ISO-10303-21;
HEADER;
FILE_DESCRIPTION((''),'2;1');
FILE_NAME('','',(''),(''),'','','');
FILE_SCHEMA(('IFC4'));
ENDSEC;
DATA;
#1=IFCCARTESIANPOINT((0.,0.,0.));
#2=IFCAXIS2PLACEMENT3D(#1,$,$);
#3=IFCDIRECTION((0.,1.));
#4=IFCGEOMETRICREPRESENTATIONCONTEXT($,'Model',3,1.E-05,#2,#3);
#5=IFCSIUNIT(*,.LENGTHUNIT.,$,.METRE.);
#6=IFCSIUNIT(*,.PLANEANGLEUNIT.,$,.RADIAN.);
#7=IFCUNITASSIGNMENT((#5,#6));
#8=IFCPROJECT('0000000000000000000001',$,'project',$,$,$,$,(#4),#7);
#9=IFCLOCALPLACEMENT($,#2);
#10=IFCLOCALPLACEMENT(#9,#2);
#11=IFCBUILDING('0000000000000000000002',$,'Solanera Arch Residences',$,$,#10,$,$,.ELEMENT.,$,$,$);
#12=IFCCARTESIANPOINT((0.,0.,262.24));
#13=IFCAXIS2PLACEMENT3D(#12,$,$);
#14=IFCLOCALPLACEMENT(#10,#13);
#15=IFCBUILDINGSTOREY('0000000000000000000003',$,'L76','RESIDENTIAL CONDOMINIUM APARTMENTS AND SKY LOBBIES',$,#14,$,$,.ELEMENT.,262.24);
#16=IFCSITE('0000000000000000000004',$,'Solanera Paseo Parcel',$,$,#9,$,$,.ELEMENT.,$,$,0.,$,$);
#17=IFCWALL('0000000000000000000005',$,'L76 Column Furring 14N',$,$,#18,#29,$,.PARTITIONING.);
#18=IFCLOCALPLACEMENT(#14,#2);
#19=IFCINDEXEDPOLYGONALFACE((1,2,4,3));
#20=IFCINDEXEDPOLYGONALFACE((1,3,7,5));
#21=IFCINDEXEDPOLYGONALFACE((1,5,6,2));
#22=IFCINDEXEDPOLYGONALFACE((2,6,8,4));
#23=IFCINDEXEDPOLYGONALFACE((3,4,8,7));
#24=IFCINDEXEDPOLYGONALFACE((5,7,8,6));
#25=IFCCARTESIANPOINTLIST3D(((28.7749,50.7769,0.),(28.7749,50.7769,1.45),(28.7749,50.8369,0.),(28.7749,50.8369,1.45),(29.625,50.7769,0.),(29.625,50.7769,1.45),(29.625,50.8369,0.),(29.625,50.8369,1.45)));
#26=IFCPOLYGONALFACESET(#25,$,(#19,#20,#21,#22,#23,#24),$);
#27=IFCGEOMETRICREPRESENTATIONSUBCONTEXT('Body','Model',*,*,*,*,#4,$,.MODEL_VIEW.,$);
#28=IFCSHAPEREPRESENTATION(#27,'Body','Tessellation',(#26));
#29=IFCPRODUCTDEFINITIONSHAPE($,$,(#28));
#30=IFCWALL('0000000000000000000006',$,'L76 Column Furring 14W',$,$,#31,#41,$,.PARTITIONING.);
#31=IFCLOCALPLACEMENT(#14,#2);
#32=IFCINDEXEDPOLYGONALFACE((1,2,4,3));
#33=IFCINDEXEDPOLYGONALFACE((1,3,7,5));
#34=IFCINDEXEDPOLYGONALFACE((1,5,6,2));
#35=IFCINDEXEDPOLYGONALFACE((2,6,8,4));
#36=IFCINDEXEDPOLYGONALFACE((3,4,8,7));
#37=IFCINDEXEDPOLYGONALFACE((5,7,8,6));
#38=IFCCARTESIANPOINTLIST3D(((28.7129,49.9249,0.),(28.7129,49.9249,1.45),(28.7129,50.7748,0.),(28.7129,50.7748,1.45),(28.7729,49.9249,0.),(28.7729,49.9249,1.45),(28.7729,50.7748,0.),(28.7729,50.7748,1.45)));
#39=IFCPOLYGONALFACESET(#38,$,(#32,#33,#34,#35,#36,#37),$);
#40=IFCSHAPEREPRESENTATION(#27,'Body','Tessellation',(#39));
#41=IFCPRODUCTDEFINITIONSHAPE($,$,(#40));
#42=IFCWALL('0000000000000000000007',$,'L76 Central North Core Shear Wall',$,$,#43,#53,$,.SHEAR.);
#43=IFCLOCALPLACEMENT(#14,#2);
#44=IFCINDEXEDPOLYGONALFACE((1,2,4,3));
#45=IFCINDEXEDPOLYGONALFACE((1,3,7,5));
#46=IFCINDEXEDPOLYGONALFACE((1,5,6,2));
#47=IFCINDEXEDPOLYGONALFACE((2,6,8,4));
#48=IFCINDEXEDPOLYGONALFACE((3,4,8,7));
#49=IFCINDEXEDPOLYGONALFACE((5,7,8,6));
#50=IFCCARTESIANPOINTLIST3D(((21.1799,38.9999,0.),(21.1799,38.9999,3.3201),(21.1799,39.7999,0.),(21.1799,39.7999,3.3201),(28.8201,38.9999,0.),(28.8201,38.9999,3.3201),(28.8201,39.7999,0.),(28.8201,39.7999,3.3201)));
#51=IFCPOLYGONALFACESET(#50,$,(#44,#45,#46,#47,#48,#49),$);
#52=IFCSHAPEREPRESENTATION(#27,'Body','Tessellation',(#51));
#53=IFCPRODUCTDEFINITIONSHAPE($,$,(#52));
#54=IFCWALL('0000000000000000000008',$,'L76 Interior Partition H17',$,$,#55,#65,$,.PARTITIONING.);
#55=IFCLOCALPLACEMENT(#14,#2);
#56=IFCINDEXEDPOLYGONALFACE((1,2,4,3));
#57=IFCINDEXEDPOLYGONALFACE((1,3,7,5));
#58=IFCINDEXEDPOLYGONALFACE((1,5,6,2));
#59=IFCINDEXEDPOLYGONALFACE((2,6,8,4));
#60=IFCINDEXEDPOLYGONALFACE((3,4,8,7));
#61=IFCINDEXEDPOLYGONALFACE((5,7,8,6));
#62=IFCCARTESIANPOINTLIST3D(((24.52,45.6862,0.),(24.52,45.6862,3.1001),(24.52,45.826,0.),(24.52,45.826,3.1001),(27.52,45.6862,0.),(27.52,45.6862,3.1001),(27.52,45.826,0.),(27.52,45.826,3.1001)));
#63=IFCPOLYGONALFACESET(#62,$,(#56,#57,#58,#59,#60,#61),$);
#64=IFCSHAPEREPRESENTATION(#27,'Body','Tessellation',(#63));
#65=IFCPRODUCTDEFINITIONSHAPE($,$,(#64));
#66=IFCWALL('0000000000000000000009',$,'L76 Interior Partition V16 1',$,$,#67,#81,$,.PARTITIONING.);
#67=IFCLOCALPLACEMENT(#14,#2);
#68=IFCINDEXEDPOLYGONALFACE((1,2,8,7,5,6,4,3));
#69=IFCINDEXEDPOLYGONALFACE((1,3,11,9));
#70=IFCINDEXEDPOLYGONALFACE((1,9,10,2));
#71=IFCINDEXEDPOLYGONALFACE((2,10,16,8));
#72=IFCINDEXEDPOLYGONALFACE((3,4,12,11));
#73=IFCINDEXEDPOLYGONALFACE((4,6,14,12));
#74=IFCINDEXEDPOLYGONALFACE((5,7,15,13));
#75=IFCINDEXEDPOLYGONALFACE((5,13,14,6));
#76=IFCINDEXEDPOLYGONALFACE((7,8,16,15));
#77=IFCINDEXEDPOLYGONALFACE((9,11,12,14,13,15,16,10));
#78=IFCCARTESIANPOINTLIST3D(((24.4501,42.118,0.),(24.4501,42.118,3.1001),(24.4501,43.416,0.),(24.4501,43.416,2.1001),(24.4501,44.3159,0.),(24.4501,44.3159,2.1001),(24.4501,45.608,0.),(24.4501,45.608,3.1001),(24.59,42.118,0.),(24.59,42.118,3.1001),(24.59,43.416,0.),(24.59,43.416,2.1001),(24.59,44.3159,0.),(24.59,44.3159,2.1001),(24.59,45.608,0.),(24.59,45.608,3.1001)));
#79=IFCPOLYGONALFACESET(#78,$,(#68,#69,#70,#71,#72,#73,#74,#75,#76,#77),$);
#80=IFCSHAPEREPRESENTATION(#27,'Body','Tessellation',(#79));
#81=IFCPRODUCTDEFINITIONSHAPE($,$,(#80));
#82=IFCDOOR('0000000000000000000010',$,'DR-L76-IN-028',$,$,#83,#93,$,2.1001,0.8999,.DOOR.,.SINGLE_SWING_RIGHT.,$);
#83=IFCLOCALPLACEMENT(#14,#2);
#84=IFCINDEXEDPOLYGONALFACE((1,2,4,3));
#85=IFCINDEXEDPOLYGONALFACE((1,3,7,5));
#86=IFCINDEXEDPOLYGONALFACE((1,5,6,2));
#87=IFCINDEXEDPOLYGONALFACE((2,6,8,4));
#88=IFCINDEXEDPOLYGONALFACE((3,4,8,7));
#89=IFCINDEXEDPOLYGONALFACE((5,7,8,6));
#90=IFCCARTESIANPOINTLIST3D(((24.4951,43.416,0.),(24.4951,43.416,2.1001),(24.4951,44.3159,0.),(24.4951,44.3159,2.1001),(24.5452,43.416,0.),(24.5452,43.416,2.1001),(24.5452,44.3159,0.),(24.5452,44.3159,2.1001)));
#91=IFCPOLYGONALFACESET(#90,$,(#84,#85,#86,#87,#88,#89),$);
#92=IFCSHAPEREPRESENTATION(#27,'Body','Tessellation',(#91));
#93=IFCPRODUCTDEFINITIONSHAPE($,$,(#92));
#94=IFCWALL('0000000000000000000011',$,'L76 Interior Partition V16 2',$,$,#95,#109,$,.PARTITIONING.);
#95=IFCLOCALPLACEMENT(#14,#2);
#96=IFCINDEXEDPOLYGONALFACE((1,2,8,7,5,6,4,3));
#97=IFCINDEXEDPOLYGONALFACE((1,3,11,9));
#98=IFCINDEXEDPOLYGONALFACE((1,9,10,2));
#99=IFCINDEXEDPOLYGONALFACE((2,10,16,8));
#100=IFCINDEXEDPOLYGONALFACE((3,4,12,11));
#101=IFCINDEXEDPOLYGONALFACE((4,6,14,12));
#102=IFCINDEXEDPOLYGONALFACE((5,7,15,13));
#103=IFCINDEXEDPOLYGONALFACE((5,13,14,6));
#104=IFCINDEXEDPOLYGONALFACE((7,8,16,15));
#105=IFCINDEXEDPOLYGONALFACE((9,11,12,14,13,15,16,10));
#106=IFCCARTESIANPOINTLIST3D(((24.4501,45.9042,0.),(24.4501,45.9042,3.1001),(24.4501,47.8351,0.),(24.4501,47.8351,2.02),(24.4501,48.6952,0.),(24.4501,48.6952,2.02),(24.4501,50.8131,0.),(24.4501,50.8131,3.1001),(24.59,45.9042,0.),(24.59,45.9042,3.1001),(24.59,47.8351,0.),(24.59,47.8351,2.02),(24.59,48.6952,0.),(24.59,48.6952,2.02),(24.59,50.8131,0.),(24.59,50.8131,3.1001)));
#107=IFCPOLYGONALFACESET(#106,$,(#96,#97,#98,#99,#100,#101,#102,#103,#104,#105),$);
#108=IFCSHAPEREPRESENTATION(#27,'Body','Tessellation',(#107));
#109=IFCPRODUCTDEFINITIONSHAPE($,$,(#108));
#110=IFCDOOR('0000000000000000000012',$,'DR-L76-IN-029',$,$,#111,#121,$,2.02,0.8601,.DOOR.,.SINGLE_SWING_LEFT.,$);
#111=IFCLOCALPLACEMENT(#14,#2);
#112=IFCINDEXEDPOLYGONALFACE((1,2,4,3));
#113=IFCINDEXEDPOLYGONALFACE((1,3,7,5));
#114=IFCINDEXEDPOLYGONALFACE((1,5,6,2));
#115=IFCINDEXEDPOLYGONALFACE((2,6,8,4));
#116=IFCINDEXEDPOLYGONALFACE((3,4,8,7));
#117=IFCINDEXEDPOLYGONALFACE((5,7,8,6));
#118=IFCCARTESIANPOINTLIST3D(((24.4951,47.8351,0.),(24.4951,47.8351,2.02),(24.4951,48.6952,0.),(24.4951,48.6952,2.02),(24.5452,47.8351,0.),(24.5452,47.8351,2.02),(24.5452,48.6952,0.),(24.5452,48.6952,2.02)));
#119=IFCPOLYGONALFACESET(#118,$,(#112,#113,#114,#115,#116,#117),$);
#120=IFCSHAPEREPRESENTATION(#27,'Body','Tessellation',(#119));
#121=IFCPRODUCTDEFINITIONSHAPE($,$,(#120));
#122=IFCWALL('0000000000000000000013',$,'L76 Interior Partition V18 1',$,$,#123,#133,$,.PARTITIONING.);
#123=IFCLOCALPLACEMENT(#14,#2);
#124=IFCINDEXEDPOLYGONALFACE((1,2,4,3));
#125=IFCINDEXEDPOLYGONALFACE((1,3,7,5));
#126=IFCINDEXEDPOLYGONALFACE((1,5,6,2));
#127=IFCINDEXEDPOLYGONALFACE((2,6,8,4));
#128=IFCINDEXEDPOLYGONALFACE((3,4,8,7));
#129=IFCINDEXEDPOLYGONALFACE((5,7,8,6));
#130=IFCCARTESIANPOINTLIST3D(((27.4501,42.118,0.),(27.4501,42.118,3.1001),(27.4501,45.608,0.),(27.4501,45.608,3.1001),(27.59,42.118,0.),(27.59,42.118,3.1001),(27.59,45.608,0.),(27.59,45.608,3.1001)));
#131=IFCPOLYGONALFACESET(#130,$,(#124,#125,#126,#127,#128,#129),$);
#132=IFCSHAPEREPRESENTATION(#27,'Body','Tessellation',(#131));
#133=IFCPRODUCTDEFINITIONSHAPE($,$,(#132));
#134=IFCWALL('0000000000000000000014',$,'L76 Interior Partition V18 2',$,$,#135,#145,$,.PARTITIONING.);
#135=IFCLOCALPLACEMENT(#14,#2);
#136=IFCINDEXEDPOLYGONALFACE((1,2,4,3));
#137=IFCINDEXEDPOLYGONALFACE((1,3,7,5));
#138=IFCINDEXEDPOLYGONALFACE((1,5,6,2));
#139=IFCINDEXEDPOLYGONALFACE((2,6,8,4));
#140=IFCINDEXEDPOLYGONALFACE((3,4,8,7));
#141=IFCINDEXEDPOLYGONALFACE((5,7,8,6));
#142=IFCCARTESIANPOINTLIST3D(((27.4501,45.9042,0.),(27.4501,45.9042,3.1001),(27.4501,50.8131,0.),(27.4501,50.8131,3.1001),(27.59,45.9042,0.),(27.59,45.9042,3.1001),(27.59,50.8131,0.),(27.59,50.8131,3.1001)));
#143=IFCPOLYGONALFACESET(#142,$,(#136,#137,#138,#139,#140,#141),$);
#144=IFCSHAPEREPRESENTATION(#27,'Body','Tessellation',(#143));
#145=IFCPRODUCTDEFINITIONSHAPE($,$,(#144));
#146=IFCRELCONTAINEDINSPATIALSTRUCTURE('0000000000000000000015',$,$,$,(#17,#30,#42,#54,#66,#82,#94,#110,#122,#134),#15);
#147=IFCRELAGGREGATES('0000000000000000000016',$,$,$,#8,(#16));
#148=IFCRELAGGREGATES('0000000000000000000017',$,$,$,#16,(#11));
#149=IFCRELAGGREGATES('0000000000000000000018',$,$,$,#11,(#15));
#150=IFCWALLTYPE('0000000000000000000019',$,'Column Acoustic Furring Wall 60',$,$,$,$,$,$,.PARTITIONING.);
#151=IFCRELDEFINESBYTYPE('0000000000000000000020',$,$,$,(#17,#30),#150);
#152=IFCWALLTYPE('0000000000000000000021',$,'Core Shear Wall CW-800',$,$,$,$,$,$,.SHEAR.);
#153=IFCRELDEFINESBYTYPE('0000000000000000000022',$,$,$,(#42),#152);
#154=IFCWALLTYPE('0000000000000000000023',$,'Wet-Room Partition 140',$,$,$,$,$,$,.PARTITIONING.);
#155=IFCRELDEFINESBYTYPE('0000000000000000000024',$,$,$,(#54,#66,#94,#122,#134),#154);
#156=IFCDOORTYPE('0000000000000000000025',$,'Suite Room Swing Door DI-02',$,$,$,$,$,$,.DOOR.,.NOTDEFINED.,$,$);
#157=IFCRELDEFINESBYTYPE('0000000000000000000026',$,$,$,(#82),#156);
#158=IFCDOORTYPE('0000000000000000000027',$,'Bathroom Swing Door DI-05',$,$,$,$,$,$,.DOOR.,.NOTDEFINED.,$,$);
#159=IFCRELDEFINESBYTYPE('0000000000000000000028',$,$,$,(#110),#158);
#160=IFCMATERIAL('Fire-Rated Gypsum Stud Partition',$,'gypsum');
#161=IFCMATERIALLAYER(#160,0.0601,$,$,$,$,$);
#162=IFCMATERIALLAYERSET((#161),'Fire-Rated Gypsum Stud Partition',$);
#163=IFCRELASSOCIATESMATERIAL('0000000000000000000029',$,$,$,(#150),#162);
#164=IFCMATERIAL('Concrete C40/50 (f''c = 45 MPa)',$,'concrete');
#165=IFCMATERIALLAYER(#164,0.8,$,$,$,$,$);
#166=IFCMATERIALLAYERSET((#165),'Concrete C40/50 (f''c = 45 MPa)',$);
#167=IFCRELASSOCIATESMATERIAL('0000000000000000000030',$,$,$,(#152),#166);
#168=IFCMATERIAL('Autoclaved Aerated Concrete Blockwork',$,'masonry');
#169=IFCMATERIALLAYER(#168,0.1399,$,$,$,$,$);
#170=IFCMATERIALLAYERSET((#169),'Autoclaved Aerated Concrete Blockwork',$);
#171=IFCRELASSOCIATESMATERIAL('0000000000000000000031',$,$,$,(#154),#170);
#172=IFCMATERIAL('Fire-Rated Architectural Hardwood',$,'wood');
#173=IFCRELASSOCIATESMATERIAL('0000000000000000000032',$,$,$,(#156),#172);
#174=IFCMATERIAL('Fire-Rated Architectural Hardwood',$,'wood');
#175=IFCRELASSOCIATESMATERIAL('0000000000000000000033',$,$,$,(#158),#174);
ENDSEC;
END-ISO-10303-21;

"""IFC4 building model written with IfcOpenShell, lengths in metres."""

from ifc_helpers import new_model, si_unit, direction, frame, frame_2d, origin, place, context, subcontext, project, spatial, rectangle, extrude, material, layer, layer_set, type_object, element, fill, save


model = new_model("IFC4")

# Units and contexts
model_context = context("Model", 3, precision=1e-05, world=origin(), true_north=direction((0.0, 1.0)))
body_context = subcontext(model_context, "Body", "Model", "MODEL_VIEW")
ifc_project = project(units=[si_unit("LENGTHUNIT", "METRE"), si_unit("PLANEANGLEUNIT", "RADIAN")], contexts=[model_context])

# Site, building, storey
site_placement = place(None, origin())
site = spatial("IfcSite", under=ifc_project, at=site_placement, Name="Solanera Paseo Parcel", CompositionType="ELEMENT", RefElevation=0.0)
building_placement = place(site_placement, origin())
building = spatial("IfcBuilding", under=site, at=building_placement, Name="Solanera Arch Residences", CompositionType="ELEMENT")
storey_placement = place(building_placement, frame((0.0, 0.0, 262.24)))
storey = spatial("IfcBuildingStorey", under=building, at=storey_placement, Name="L76", Description="RESIDENTIAL CONDOMINIUM APARTMENTS AND SKY LOBBIES", CompositionType="ELEMENT", Elevation=262.24)

# Walls
ifc_material_1 = material(Name="Fire-Rated Gypsum Stud Partition", Category="gypsum")
ifc_layer_1 = layer(ifc_material_1, 0.0601)
ifc_layer_set_1 = layer_set([ifc_layer_1], Name="Fire-Rated Gypsum Stud Partition")
wall_type_1 = type_object("IfcWallType", Name="Column Acoustic Furring Wall 60", PredefinedType="PARTITIONING", material=ifc_layer_set_1)
for number, where, z_axis, x_axis, name in (
    (1, (28.7749, 50.8069, 0.0), (0.0, 0.0, 1.0), (1.0, 0.0, 0.0), "L76 Column Furring 14N"),
):
    element("IfcWall", number, at=place(storey_placement, frame(where, z_axis=z_axis, x_axis=x_axis)), inside=storey, type_object=wall_type_1, Name=name, PredefinedType="PARTITIONING", context=body_context, shape_type="SweptSolid", body=[
        extrude(rectangle(XDim=0.8501, YDim=0.0601, at=frame_2d((0.425, 0.0))), origin(), (0.0, 0.0, 1.0), 1.45),
    ])
wall_1_placement = place(storey_placement, frame((28.7429, 49.925, 0.0), z_axis=(0.0, 0.0, 1.0), x_axis=(0.0, 1.0, 0.0)))
element("IfcWall", 2, at=wall_1_placement, inside=storey, type_object=wall_type_1, Name="L76 Column Furring 14W", PredefinedType="PARTITIONING", context=body_context, shape_type="SweptSolid", body=[
    extrude(rectangle(XDim=0.8499, YDim=0.0601, at=frame_2d((0.4248, 0.0))), origin(), (0.0, 0.0, 1.0), 1.45),
])
ifc_material_2 = material(Name="Concrete C40/50 (f'c = 45 MPa)", Category="concrete")
ifc_layer_2 = layer(ifc_material_2, 0.8)
ifc_layer_set_2 = layer_set([ifc_layer_2], Name="Concrete C40/50 (f'c = 45 MPa)")
wall_type_2 = type_object("IfcWallType", Name="Core Shear Wall CW-800", PredefinedType="SHEAR", material=ifc_layer_set_2)
wall_2_placement = place(storey_placement, frame((21.1799, 39.3999, 0.0), z_axis=(0.0, 0.0, 1.0), x_axis=(1.0, 0.0, 0.0)))
element("IfcWall", 3, at=wall_2_placement, inside=storey, type_object=wall_type_2, Name="L76 Central North Core Shear Wall", PredefinedType="SHEAR", context=body_context, shape_type="SweptSolid", body=[
    extrude(rectangle(XDim=7.6401, YDim=0.8, at=frame_2d((3.8201, 0.0))), origin(), (0.0, 0.0, 1.0), 3.3201),
])
ifc_material_3 = material(Name="Autoclaved Aerated Concrete Blockwork", Category="masonry")
ifc_layer_3 = layer(ifc_material_3, 0.1399)
ifc_layer_set_3 = layer_set([ifc_layer_3], Name="Autoclaved Aerated Concrete Blockwork")
wall_type_3 = type_object("IfcWallType", Name="Wet-Room Partition 140", PredefinedType="PARTITIONING", material=ifc_layer_set_3)
wall_3_placement = place(storey_placement, frame((24.52, 45.7561, 0.0), z_axis=(0.0, 0.0, 1.0), x_axis=(1.0, 0.0, 0.0)))
element("IfcWall", 4, at=wall_3_placement, inside=storey, type_object=wall_type_3, Name="L76 Interior Partition H17", PredefinedType="PARTITIONING", context=body_context, shape_type="SweptSolid", body=[
    extrude(rectangle(XDim=3.0, YDim=0.1399, at=frame_2d((1.5, 0.0))), origin(), (0.0, 0.0, 1.0), 3.1001),
])

# Walls, openings, doors
wall_4_placement = place(storey_placement, frame((24.52, 42.1179, 0.0), z_axis=(0.0, 0.0, 1.0), x_axis=(0.0, 1.0, 0.0)))
wall_4 = element("IfcWall", 5, at=wall_4_placement, inside=storey, type_object=wall_type_3, Name="L76 Interior Partition V16 1", PredefinedType="PARTITIONING", context=body_context, shape_type="SweptSolid", body=[
    extrude(rectangle(XDim=3.49, YDim=0.1399, at=frame_2d((1.7451, 0.0))), origin(), (0.0, 0.0, 1.0), 3.1001),
])
opening_1_placement = place(wall_4_placement, frame((1.2981, 0.0, 0.0)))
opening_1 = element("IfcOpeningElement", 6, at=opening_1_placement, cuts=wall_4, PredefinedType="OPENING", context=body_context, shape_type="SweptSolid", body=[
    extrude(rectangle(XDim=0.8999, YDim=2.1001, at=frame_2d((0.45, 1.05))), frame((0.0, 0.0798, 0.0), z_axis=(0.0, -1.0, 0.0), x_axis=(1.0, 0.0, 0.0)), (0.0, 0.0, 1.0), 0.1599),
])
ifc_material_4 = material(Name="Fire-Rated Architectural Hardwood", Category="wood")
door_type_1 = type_object("IfcDoorType", Name="Suite Room Swing Door DI-02", OperationType="NOTDEFINED", PredefinedType="DOOR", material=ifc_material_4)
door_1_placement = place(opening_1_placement, origin())
door_1 = element("IfcDoor", 7, at=door_1_placement, inside=storey, type_object=door_type_1, Name="DR-L76-IN-028", OperationType="SINGLE_SWING_RIGHT", OverallHeight=2.1001, OverallWidth=0.8999, PredefinedType="DOOR", context=body_context, shape_type="SweptSolid", body=[
    extrude(rectangle(XDim=0.8999, YDim=2.1001, at=frame_2d((0.45, 1.05))), frame((0.0, 0.0249, 0.0), z_axis=(0.0, -1.0, 0.0), x_axis=(1.0, 0.0, 0.0)), (0.0, 0.0, 1.0), 0.05),
])
fill(opening_1, door_1)
wall_5_placement = place(storey_placement, frame((24.52, 45.9041, 0.0), z_axis=(0.0, 0.0, 1.0), x_axis=(0.0, 1.0, 0.0)))
wall_5 = element("IfcWall", 8, at=wall_5_placement, inside=storey, type_object=wall_type_3, Name="L76 Interior Partition V16 2", PredefinedType="PARTITIONING", context=body_context, shape_type="SweptSolid", body=[
    extrude(rectangle(XDim=4.9089, YDim=0.1399, at=frame_2d((2.4546, 0.0))), origin(), (0.0, 0.0, 1.0), 3.1001),
])
opening_2_placement = place(wall_5_placement, frame((1.9309, 0.0, 0.0)))
opening_2 = element("IfcOpeningElement", 9, at=opening_2_placement, cuts=wall_5, PredefinedType="OPENING", context=body_context, shape_type="SweptSolid", body=[
    extrude(rectangle(XDim=0.8601, YDim=2.02, at=frame_2d((0.4302, 1.01))), frame((0.0, 0.0798, 0.0), z_axis=(0.0, -1.0, 0.0), x_axis=(1.0, 0.0, 0.0)), (0.0, 0.0, 1.0), 0.1599),
])
ifc_material_5 = material(Name="Fire-Rated Architectural Hardwood", Category="wood")
door_type_2 = type_object("IfcDoorType", Name="Bathroom Swing Door DI-05", OperationType="NOTDEFINED", PredefinedType="DOOR", material=ifc_material_5)
door_2_placement = place(opening_2_placement, origin())
door_2 = element("IfcDoor", 10, at=door_2_placement, inside=storey, type_object=door_type_2, Name="DR-L76-IN-029", OperationType="SINGLE_SWING_LEFT", OverallHeight=2.02, OverallWidth=0.8601, PredefinedType="DOOR", context=body_context, shape_type="SweptSolid", body=[
    extrude(rectangle(XDim=0.8601, YDim=2.02, at=frame_2d((0.4302, 1.01))), frame((0.0, 0.0249, 0.0), z_axis=(0.0, -1.0, 0.0), x_axis=(1.0, 0.0, 0.0)), (0.0, 0.0, 1.0), 0.05),
])
fill(opening_2, door_2)

# Walls
wall_6_placement = place(storey_placement, frame((27.52, 42.1179, 0.0), z_axis=(0.0, 0.0, 1.0), x_axis=(0.0, 1.0, 0.0)))
element("IfcWall", 11, at=wall_6_placement, inside=storey, type_object=wall_type_3, Name="L76 Interior Partition V18 1", PredefinedType="PARTITIONING", context=body_context, shape_type="SweptSolid", body=[
    extrude(rectangle(XDim=3.49, YDim=0.1399, at=frame_2d((1.7451, 0.0))), origin(), (0.0, 0.0, 1.0), 3.1001),
])
wall_7_placement = place(storey_placement, frame((27.52, 45.9041, 0.0), z_axis=(0.0, 0.0, 1.0), x_axis=(0.0, 1.0, 0.0)))
element("IfcWall", 12, at=wall_7_placement, inside=storey, type_object=wall_type_3, Name="L76 Interior Partition V18 2", PredefinedType="PARTITIONING", context=body_context, shape_type="SweptSolid", body=[
    extrude(rectangle(XDim=4.9089, YDim=0.1399, at=frame_2d((2.4546, 0.0))), origin(), (0.0, 0.0, 1.0), 3.1001),
])

save(model, "model.ifc")
